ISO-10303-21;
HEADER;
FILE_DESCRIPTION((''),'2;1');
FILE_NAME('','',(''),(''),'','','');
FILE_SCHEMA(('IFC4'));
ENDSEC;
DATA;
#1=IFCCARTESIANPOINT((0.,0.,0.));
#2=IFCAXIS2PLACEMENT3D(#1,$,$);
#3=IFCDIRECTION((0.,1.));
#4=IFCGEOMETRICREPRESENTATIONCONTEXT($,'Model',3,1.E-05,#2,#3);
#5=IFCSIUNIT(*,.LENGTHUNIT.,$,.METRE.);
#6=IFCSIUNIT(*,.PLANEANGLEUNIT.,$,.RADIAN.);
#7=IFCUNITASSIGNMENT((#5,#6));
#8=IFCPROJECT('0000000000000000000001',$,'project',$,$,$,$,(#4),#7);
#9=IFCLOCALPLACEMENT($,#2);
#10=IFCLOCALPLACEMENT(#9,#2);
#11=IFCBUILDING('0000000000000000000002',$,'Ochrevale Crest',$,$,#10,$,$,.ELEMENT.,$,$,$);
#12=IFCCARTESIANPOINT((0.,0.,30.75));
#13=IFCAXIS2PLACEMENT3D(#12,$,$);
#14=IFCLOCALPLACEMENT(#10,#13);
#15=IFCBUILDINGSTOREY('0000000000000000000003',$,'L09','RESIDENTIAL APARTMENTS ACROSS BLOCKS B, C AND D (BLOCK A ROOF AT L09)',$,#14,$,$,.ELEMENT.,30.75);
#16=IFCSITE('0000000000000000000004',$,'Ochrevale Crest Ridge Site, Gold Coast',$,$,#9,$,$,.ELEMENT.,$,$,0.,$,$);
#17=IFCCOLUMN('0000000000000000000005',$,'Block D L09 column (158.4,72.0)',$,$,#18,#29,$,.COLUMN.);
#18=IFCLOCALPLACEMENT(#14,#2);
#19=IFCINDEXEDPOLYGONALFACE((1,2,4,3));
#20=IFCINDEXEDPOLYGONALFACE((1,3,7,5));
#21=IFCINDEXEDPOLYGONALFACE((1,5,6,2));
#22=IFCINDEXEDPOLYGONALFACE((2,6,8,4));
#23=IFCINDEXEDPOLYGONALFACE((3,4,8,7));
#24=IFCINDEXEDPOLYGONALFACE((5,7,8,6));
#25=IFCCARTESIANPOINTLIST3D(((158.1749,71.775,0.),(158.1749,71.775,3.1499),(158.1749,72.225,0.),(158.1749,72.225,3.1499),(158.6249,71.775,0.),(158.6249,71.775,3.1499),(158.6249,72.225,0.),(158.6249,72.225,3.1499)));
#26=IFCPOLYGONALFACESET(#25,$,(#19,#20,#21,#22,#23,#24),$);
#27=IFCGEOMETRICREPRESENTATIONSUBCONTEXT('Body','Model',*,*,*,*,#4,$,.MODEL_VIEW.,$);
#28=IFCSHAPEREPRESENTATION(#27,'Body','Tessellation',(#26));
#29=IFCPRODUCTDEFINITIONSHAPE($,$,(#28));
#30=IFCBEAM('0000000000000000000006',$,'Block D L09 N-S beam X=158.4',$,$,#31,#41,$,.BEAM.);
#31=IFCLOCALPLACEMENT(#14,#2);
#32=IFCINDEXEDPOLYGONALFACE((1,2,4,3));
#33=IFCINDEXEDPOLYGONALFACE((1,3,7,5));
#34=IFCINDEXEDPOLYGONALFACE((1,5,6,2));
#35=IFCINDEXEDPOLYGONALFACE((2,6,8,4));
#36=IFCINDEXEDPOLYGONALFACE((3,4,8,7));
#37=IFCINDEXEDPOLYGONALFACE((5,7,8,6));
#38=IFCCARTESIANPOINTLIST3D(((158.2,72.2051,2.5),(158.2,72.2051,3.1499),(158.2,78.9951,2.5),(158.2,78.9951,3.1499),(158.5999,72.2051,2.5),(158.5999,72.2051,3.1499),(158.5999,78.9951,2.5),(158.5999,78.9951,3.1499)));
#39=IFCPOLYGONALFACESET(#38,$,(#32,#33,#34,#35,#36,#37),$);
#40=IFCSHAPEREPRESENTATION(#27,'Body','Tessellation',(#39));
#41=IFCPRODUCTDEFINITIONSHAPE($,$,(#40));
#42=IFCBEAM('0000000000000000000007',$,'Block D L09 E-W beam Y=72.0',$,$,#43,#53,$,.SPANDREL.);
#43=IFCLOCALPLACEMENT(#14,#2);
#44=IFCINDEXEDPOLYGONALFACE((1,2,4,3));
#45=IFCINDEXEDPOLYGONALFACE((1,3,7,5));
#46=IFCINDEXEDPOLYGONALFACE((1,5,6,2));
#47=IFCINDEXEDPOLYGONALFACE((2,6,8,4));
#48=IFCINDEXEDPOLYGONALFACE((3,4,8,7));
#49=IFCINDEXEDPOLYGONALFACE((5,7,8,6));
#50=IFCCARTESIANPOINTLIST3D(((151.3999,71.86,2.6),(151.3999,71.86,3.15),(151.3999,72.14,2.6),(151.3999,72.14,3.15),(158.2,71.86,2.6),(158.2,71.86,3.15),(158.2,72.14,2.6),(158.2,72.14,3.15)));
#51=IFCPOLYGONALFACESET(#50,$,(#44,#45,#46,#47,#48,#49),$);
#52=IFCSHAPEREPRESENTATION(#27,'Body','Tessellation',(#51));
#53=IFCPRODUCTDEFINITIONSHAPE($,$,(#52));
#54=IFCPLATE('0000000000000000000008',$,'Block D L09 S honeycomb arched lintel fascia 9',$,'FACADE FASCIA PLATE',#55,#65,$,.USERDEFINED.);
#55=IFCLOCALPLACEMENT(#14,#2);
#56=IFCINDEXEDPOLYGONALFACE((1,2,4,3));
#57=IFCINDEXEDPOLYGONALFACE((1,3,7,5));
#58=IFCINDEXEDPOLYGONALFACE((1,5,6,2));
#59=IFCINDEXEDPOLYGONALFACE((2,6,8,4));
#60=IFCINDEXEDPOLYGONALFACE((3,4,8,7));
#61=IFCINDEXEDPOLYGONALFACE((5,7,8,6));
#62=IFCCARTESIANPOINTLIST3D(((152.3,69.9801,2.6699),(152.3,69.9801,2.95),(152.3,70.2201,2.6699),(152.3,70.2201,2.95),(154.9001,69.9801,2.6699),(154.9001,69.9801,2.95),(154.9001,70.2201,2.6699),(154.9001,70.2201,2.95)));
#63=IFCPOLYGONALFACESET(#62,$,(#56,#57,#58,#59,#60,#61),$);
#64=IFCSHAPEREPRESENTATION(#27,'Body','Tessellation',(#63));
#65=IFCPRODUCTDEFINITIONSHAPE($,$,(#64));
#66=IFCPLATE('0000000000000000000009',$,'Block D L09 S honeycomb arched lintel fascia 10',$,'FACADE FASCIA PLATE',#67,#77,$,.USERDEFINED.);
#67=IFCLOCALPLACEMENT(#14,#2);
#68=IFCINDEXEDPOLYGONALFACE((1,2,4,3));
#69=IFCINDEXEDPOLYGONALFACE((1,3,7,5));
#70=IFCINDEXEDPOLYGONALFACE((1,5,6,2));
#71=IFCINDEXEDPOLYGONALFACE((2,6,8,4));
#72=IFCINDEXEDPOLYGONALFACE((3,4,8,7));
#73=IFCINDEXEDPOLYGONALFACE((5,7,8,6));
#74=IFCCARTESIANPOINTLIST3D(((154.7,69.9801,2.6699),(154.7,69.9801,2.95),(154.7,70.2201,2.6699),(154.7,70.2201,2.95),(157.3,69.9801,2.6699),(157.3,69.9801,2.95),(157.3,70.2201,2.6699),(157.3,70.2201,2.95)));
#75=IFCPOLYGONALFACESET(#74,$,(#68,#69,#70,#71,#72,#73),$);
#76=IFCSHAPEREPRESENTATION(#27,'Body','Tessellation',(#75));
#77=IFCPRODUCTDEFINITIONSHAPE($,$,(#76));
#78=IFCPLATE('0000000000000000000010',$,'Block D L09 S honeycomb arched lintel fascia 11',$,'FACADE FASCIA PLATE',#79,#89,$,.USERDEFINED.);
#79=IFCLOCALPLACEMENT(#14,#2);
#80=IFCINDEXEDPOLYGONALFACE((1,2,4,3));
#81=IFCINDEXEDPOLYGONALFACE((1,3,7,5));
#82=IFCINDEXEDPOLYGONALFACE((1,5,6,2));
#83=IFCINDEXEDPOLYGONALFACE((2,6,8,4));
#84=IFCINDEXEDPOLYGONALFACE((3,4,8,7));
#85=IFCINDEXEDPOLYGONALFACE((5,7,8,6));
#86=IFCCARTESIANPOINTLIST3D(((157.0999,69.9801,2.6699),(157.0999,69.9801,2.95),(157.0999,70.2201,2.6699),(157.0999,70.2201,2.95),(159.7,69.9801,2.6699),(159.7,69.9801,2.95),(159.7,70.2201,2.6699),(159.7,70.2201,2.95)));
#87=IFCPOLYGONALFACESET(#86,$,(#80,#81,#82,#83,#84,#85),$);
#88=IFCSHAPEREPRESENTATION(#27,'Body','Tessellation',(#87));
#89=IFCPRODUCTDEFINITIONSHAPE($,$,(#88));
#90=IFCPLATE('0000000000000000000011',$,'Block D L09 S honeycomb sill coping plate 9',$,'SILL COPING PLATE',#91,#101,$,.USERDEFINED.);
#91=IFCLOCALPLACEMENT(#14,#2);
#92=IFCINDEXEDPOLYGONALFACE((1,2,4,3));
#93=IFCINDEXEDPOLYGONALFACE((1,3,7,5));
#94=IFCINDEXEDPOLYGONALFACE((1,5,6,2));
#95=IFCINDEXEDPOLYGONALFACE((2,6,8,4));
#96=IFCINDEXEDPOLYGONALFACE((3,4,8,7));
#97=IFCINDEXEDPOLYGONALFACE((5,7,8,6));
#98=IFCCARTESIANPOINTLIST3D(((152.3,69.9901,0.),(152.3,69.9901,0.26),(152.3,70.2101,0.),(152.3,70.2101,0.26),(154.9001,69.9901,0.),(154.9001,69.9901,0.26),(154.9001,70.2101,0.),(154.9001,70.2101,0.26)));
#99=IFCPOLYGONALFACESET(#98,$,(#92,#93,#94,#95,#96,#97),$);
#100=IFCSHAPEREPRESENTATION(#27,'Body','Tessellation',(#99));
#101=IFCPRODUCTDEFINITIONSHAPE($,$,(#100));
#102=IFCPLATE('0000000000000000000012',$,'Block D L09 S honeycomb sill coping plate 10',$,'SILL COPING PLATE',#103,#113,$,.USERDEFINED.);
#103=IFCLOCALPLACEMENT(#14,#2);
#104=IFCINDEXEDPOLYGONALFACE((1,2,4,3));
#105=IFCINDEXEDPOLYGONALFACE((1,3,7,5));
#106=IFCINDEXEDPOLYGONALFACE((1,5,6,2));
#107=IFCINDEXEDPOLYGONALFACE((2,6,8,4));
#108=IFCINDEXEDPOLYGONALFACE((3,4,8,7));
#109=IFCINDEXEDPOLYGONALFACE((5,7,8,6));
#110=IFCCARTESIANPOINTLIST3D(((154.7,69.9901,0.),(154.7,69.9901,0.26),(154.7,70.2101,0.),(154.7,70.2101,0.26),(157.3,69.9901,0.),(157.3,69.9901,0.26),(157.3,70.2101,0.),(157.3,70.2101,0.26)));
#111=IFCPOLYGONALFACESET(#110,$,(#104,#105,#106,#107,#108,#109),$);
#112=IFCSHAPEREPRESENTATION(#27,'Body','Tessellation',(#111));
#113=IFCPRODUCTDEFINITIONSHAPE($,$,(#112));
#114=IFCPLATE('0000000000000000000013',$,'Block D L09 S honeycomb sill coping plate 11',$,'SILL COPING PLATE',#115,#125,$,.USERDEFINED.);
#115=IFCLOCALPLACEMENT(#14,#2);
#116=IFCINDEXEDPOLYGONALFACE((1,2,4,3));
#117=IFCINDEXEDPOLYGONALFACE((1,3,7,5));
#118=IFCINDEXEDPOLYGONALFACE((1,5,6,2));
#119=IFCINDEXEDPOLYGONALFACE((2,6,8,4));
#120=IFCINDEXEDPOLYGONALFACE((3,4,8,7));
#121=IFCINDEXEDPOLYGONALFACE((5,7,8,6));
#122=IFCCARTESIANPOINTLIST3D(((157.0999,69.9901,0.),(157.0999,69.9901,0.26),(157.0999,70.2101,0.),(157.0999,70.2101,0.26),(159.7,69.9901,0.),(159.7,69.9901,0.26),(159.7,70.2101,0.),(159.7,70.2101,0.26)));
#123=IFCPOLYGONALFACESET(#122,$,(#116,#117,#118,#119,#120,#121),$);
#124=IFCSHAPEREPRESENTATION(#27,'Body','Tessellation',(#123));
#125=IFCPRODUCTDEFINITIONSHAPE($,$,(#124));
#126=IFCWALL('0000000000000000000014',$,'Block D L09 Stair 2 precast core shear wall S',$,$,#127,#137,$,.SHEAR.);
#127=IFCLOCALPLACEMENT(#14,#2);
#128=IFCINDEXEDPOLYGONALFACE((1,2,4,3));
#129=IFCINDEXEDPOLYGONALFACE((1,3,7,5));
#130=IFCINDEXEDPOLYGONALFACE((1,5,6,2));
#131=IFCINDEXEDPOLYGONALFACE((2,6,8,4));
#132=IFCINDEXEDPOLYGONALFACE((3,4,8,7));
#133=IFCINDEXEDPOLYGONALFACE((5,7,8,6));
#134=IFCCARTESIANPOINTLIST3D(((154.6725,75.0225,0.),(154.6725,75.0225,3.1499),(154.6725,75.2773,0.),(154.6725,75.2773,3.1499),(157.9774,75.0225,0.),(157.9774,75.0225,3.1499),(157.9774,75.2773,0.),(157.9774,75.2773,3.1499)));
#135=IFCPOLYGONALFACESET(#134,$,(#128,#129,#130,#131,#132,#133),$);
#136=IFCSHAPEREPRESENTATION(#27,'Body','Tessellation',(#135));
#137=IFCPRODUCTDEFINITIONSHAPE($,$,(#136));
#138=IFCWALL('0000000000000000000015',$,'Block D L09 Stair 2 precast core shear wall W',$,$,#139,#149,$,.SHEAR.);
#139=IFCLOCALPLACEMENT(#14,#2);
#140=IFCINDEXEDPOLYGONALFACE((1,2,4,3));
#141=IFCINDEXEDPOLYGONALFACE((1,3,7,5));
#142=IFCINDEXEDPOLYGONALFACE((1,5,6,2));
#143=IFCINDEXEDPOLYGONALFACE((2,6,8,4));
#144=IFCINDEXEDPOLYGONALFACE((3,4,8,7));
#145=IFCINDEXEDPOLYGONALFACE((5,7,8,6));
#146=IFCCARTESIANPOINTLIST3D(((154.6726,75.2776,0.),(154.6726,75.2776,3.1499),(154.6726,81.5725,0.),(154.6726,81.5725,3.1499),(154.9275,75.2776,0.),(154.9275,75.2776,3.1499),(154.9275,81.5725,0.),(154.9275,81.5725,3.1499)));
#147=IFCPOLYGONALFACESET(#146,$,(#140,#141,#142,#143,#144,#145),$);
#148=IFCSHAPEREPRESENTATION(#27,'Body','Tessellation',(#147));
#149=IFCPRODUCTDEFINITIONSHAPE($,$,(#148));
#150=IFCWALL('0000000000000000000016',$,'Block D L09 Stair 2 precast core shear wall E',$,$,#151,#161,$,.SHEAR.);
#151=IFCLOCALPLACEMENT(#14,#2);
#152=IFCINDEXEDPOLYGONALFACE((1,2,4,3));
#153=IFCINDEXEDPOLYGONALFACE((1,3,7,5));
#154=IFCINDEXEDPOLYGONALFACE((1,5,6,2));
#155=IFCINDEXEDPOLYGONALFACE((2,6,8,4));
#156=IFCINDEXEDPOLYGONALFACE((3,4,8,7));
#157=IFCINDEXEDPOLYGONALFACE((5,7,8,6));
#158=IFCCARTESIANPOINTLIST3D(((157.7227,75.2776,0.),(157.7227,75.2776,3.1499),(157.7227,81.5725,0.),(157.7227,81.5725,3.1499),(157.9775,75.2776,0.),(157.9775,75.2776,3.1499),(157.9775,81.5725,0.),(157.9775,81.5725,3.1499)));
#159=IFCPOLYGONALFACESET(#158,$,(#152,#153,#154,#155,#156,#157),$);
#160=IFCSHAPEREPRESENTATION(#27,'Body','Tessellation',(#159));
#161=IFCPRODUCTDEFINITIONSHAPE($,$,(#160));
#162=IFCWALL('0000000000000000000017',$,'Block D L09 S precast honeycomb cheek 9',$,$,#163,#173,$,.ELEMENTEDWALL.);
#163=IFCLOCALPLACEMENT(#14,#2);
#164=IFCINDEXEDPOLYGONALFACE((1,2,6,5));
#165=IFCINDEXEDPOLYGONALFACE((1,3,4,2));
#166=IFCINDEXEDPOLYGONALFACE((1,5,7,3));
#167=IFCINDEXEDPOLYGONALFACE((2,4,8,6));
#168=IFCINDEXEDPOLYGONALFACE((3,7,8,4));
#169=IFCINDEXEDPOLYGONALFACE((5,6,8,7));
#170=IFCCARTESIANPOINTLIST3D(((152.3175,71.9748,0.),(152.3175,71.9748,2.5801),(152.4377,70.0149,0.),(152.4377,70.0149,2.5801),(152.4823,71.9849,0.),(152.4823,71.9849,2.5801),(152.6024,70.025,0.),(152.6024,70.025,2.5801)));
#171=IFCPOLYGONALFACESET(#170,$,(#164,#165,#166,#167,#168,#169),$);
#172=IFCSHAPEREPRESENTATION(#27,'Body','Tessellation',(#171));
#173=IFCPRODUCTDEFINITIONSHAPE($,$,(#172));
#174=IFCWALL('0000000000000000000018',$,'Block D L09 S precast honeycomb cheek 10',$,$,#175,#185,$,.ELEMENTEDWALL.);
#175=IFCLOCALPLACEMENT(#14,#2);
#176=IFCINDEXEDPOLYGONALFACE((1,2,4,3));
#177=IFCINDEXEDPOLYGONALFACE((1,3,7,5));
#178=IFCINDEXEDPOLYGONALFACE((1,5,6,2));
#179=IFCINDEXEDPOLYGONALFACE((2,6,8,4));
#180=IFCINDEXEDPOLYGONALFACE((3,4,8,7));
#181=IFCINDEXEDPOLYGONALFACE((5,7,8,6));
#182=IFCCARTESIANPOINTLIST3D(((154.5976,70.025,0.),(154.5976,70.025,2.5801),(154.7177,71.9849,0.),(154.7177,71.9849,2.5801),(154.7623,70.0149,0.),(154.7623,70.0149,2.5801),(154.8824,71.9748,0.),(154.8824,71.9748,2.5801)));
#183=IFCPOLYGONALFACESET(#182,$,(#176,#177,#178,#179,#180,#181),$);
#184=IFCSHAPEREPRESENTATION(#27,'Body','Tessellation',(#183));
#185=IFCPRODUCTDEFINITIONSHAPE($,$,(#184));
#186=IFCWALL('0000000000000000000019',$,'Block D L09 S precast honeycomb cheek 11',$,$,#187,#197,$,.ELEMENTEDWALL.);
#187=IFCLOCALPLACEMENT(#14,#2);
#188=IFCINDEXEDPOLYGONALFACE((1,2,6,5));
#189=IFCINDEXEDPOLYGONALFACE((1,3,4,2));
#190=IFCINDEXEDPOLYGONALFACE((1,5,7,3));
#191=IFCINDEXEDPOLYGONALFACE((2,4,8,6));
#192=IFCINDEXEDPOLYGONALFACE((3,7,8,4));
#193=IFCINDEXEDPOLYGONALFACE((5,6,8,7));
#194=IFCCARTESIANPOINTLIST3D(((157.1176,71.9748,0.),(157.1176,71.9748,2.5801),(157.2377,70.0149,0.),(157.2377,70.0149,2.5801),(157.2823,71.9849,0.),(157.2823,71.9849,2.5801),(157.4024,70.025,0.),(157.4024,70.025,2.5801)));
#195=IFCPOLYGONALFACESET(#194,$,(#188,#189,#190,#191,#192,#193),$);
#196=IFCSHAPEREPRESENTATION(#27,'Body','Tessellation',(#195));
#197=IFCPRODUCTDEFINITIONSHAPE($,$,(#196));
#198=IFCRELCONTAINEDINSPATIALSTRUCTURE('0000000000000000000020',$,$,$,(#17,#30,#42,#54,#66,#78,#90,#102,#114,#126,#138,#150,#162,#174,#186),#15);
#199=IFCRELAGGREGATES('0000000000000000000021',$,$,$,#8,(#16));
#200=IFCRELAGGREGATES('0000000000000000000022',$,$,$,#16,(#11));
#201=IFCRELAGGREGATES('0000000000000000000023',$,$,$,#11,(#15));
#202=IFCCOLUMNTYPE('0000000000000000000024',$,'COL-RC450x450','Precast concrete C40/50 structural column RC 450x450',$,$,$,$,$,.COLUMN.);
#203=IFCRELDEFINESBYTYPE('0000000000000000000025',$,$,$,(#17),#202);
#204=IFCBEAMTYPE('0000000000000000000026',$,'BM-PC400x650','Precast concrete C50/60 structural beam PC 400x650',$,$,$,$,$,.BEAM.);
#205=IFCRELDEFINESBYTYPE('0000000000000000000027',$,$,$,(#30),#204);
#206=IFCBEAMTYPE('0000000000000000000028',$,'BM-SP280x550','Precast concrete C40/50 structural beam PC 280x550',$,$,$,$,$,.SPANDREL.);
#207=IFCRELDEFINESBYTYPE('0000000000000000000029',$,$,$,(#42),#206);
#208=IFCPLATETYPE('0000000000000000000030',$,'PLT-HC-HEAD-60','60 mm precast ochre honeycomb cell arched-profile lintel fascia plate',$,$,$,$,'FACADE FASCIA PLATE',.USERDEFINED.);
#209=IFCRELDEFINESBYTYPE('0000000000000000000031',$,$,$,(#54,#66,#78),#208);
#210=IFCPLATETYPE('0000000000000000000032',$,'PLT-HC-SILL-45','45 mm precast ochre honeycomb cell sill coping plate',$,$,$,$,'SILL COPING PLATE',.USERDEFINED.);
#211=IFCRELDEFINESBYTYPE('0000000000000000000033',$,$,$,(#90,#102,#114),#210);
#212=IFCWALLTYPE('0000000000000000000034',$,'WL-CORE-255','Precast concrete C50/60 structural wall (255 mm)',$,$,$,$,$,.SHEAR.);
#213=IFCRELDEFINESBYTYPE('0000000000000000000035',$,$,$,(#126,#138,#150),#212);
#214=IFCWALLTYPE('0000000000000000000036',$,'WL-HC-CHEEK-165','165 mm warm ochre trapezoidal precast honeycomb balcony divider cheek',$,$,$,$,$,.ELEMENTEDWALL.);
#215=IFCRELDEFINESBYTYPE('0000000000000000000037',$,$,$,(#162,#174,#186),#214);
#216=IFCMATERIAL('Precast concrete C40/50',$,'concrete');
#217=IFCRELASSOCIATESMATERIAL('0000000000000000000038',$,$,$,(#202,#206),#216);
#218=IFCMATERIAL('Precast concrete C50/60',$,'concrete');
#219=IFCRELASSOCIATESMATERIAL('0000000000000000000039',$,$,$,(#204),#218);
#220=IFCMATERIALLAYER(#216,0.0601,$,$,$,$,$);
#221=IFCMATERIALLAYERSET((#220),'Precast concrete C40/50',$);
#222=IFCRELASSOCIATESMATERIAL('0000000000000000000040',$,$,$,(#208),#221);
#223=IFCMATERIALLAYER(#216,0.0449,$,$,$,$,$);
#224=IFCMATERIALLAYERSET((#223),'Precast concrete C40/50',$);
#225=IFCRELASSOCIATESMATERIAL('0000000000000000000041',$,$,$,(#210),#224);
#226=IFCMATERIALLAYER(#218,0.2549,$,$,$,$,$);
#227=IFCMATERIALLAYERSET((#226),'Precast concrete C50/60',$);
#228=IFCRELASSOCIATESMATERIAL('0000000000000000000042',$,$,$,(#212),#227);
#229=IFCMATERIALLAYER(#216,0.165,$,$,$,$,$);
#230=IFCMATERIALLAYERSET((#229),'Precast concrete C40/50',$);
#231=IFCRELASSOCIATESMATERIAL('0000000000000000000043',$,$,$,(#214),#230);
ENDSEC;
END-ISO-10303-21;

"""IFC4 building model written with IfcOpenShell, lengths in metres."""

from ifc_helpers import new_model, si_unit, direction, frame, frame_2d, origin, origin_2d, place, context, subcontext, project, spatial, rectangle, extrude, material, layer, layer_set, material_profile, profile_set, type_object, element, save


model = new_model("IFC4")

# Units and contexts
model_context = context("Model", 3, precision=1e-05, world=origin(), true_north=direction((0.0, 1.0)))
body_context = subcontext(model_context, "Body", "Model", "MODEL_VIEW")
ifc_project = project(units=[si_unit("LENGTHUNIT", "METRE"), si_unit("PLANEANGLEUNIT", "RADIAN")], contexts=[model_context])

# Site, building, storey
site_placement = place(None, origin())
site = spatial("IfcSite", under=ifc_project, at=site_placement, Name="Ochrevale Crest Ridge Site, Gold Coast", CompositionType="ELEMENT", RefElevation=0.0)
building_placement = place(site_placement, origin())
building = spatial("IfcBuilding", under=site, at=building_placement, Name="Ochrevale Crest", CompositionType="ELEMENT")
storey_placement = place(building_placement, frame((0.0, 0.0, 30.75)))
storey = spatial("IfcBuildingStorey", under=building, at=storey_placement, Name="L09", Description="RESIDENTIAL APARTMENTS ACROSS BLOCKS B, C AND D (BLOCK A ROOF AT L09)", CompositionType="ELEMENT", Elevation=30.75)

# Column
ifc_material_1 = material(Name="Precast concrete C40/50", Category="concrete")
ifc_material_profile_1 = material_profile(ifc_material_1, rectangle(XDim=0.45, YDim=0.45, at=origin_2d()), Name="RC 450x450")
ifc_profile_set_1 = profile_set([ifc_material_profile_1], Name="Precast concrete C40/50")
column_type = type_object("IfcColumnType", Name="COL-RC450x450", Description="Precast concrete C40/50 structural column RC 450x450", PredefinedType="COLUMN", material=ifc_profile_set_1)
column_placement = place(storey_placement, frame((158.3999, 72.0, 0.0), z_axis=(0.0, 0.0, 1.0), x_axis=(1.0, 0.0, 0.0)))
element("IfcColumn", 1, at=column_placement, inside=storey, type_object=column_type, Name="Block D L09 column (158.4,72.0)", PredefinedType="COLUMN", context=body_context, shape_type="SweptSolid", body=[
    extrude(rectangle(XDim=0.45, YDim=0.45, at=origin_2d()), origin(), (0.0, 0.0, 1.0), 3.1499),
])

# Beams
ifc_material_2 = material(Name="Precast concrete C50/60", Category="concrete")
ifc_material_profile_2 = material_profile(ifc_material_2, rectangle(XDim=0.3999, YDim=0.6499, at=origin_2d()), Name="PC 400x650")
ifc_profile_set_2 = profile_set([ifc_material_profile_2], Name="Precast concrete C50/60")
beam_type_1 = type_object("IfcBeamType", Name="BM-PC400x650", Description="Precast concrete C50/60 structural beam PC 400x650", PredefinedType="BEAM", material=ifc_profile_set_2)
beam_1_placement = place(storey_placement, frame((158.3999, 72.2051, 2.825), z_axis=(0.0, 1.0, 0.0), x_axis=(-1.0, 0.0, 0.0)))
element("IfcBeam", 2, at=beam_1_placement, inside=storey, type_object=beam_type_1, Name="Block D L09 N-S beam X=158.4", PredefinedType="BEAM", context=body_context, shape_type="SweptSolid", body=[
    extrude(rectangle(XDim=0.3999, YDim=0.6499, at=origin_2d()), origin(), (0.0, 0.0, 1.0), 6.79),
])
ifc_material_profile_3 = material_profile(ifc_material_1, rectangle(XDim=0.28, YDim=0.55, at=origin_2d()), Name="PC 280x550")
ifc_profile_set_3 = profile_set([ifc_material_profile_3], Name="Precast concrete C40/50")
beam_type_2 = type_object("IfcBeamType", Name="BM-SP280x550", Description="Precast concrete C40/50 structural beam PC 280x550", PredefinedType="SPANDREL", material=ifc_profile_set_3)
beam_2_placement = place(storey_placement, frame((151.3999, 72.0, 2.875), z_axis=(1.0, 0.0, 0.0), x_axis=(0.0, 1.0, 0.0)))
element("IfcBeam", 3, at=beam_2_placement, inside=storey, type_object=beam_type_2, Name="Block D L09 E-W beam Y=72.0", PredefinedType="SPANDREL", context=body_context, shape_type="SweptSolid", body=[
    extrude(rectangle(XDim=0.28, YDim=0.55, at=origin_2d()), origin(), (0.0, 0.0, 1.0), 6.8),
])

# Plates
ifc_layer_1 = layer(ifc_material_1, 0.0601)
ifc_layer_set_1 = layer_set([ifc_layer_1], Name="Precast concrete C40/50")
plate_type_1 = type_object("IfcPlateType", Name="PLT-HC-HEAD-60", Description="60 mm precast ochre honeycomb cell arched-profile lintel fascia plate", ElementType="FACADE FASCIA PLATE", PredefinedType="USERDEFINED", material=ifc_layer_set_1)
for number, where, z_axis, x_axis, name in (
    (4, (153.6001, 70.1001, 2.6699), (0.0, 0.0, 1.0), (1.0, 0.0, 0.0), "Block D L09 S honeycomb arched lintel fascia 9"),
    (5, (156.0, 70.1001, 2.6699), (0.0, 0.0, 1.0), (1.0, 0.0, 0.0), "Block D L09 S honeycomb arched lintel fascia 10"),
    (6, (158.3999, 70.1001, 2.6699), (0.0, 0.0, 1.0), (1.0, 0.0, 0.0), "Block D L09 S honeycomb arched lintel fascia 11"),
):
    element("IfcPlate", number, at=place(storey_placement, frame(where, z_axis=z_axis, x_axis=x_axis)), inside=storey, type_object=plate_type_1, Name=name, ObjectType="FACADE FASCIA PLATE", PredefinedType="USERDEFINED", context=body_context, shape_type="SweptSolid", body=[
        extrude(rectangle(XDim=2.6001, YDim=0.24, at=origin_2d()), origin(), (0.0, 0.0, 1.0), 0.28),
    ])
ifc_layer_2 = layer(ifc_material_1, 0.0449)
ifc_layer_set_2 = layer_set([ifc_layer_2], Name="Precast concrete C40/50")
plate_type_2 = type_object("IfcPlateType", Name="PLT-HC-SILL-45", Description="45 mm precast ochre honeycomb cell sill coping plate", ElementType="SILL COPING PLATE", PredefinedType="USERDEFINED", material=ifc_layer_set_2)
for number, where, z_axis, x_axis, name in (
    (7, (153.6001, 70.1001, 0.0), (0.0, 0.0, 1.0), (1.0, 0.0, 0.0), "Block D L09 S honeycomb sill coping plate 9"),
    (8, (156.0, 70.1001, 0.0), (0.0, 0.0, 1.0), (1.0, 0.0, 0.0), "Block D L09 S honeycomb sill coping plate 10"),
    (9, (158.3999, 70.1001, 0.0), (0.0, 0.0, 1.0), (1.0, 0.0, 0.0), "Block D L09 S honeycomb sill coping plate 11"),
):
    element("IfcPlate", number, at=place(storey_placement, frame(where, z_axis=z_axis, x_axis=x_axis)), inside=storey, type_object=plate_type_2, Name=name, ObjectType="SILL COPING PLATE", PredefinedType="USERDEFINED", context=body_context, shape_type="SweptSolid", body=[
        extrude(rectangle(XDim=2.6001, YDim=0.22, at=origin_2d()), origin(), (0.0, 0.0, 1.0), 0.26),
    ])

# Walls
ifc_layer_3 = layer(ifc_material_2, 0.2549)
ifc_layer_set_3 = layer_set([ifc_layer_3], Name="Precast concrete C50/60")
wall_type_1 = type_object("IfcWallType", Name="WL-CORE-255", Description="Precast concrete C50/60 structural wall (255 mm)", PredefinedType="SHEAR", material=ifc_layer_set_3)
wall_1_placement = place(storey_placement, frame((154.6726, 75.1499, 0.0), z_axis=(0.0, 0.0, 1.0), x_axis=(1.0, 0.0, 0.0)))
element("IfcWall", 10, at=wall_1_placement, inside=storey, type_object=wall_type_1, Name="Block D L09 Stair 2 precast core shear wall S", PredefinedType="SHEAR", context=body_context, shape_type="SweptSolid", body=[
    extrude(rectangle(XDim=3.3049, YDim=0.2549, at=frame_2d((1.6523, 0.0))), origin(), (0.0, 0.0, 1.0), 3.1499),
])
for number, where, z_axis, x_axis, name in (
    (11, (154.8, 75.2776, 0.0), (0.0, 0.0, 1.0), (0.0, 1.0, 0.0), "Block D L09 Stair 2 precast core shear wall W"),
    (12, (157.8501, 75.2776, 0.0), (0.0, 0.0, 1.0), (0.0, 1.0, 0.0), "Block D L09 Stair 2 precast core shear wall E"),
):
    element("IfcWall", number, at=place(storey_placement, frame(where, z_axis=z_axis, x_axis=x_axis)), inside=storey, type_object=wall_type_1, Name=name, PredefinedType="SHEAR", context=body_context, shape_type="SweptSolid", body=[
        extrude(rectangle(XDim=6.2949, YDim=0.2549, at=frame_2d((3.1475, 0.0))), origin(), (0.0, 0.0, 1.0), 3.1499),
    ])
ifc_layer_4 = layer(ifc_material_1, 0.165)
ifc_layer_set_4 = layer_set([ifc_layer_4], Name="Precast concrete C40/50")
wall_type_2 = type_object("IfcWallType", Name="WL-HC-CHEEK-165", Description="165 mm warm ochre trapezoidal precast honeycomb balcony divider cheek", PredefinedType="ELEMENTEDWALL", material=ifc_layer_set_4)
for number, where, z_axis, x_axis, name in (
    (13, (152.3999, 71.98, 0.0), (0.0, 0.0, 1.0), (0.061171, -0.998127, 0.0), "Block D L09 S precast honeycomb cheek 9"),
    (14, (154.8, 71.98, 0.0), (0.0, 0.0, 1.0), (-0.061171, -0.998127, 0.0), "Block D L09 S precast honeycomb cheek 10"),
    (15, (157.2, 71.98, 0.0), (0.0, 0.0, 1.0), (0.061171, -0.998127, 0.0), "Block D L09 S precast honeycomb cheek 11"),
):
    element("IfcWall", number, at=place(storey_placement, frame(where, z_axis=z_axis, x_axis=x_axis)), inside=storey, type_object=wall_type_2, Name=name, PredefinedType="ELEMENTEDWALL", context=body_context, shape_type="SweptSolid", body=[
        extrude(rectangle(XDim=1.9636, YDim=0.165, at=frame_2d((0.9819, 0.0))), origin(), (0.0, 0.0, 1.0), 2.5801),
    ])

save(model, "model.ifc")
